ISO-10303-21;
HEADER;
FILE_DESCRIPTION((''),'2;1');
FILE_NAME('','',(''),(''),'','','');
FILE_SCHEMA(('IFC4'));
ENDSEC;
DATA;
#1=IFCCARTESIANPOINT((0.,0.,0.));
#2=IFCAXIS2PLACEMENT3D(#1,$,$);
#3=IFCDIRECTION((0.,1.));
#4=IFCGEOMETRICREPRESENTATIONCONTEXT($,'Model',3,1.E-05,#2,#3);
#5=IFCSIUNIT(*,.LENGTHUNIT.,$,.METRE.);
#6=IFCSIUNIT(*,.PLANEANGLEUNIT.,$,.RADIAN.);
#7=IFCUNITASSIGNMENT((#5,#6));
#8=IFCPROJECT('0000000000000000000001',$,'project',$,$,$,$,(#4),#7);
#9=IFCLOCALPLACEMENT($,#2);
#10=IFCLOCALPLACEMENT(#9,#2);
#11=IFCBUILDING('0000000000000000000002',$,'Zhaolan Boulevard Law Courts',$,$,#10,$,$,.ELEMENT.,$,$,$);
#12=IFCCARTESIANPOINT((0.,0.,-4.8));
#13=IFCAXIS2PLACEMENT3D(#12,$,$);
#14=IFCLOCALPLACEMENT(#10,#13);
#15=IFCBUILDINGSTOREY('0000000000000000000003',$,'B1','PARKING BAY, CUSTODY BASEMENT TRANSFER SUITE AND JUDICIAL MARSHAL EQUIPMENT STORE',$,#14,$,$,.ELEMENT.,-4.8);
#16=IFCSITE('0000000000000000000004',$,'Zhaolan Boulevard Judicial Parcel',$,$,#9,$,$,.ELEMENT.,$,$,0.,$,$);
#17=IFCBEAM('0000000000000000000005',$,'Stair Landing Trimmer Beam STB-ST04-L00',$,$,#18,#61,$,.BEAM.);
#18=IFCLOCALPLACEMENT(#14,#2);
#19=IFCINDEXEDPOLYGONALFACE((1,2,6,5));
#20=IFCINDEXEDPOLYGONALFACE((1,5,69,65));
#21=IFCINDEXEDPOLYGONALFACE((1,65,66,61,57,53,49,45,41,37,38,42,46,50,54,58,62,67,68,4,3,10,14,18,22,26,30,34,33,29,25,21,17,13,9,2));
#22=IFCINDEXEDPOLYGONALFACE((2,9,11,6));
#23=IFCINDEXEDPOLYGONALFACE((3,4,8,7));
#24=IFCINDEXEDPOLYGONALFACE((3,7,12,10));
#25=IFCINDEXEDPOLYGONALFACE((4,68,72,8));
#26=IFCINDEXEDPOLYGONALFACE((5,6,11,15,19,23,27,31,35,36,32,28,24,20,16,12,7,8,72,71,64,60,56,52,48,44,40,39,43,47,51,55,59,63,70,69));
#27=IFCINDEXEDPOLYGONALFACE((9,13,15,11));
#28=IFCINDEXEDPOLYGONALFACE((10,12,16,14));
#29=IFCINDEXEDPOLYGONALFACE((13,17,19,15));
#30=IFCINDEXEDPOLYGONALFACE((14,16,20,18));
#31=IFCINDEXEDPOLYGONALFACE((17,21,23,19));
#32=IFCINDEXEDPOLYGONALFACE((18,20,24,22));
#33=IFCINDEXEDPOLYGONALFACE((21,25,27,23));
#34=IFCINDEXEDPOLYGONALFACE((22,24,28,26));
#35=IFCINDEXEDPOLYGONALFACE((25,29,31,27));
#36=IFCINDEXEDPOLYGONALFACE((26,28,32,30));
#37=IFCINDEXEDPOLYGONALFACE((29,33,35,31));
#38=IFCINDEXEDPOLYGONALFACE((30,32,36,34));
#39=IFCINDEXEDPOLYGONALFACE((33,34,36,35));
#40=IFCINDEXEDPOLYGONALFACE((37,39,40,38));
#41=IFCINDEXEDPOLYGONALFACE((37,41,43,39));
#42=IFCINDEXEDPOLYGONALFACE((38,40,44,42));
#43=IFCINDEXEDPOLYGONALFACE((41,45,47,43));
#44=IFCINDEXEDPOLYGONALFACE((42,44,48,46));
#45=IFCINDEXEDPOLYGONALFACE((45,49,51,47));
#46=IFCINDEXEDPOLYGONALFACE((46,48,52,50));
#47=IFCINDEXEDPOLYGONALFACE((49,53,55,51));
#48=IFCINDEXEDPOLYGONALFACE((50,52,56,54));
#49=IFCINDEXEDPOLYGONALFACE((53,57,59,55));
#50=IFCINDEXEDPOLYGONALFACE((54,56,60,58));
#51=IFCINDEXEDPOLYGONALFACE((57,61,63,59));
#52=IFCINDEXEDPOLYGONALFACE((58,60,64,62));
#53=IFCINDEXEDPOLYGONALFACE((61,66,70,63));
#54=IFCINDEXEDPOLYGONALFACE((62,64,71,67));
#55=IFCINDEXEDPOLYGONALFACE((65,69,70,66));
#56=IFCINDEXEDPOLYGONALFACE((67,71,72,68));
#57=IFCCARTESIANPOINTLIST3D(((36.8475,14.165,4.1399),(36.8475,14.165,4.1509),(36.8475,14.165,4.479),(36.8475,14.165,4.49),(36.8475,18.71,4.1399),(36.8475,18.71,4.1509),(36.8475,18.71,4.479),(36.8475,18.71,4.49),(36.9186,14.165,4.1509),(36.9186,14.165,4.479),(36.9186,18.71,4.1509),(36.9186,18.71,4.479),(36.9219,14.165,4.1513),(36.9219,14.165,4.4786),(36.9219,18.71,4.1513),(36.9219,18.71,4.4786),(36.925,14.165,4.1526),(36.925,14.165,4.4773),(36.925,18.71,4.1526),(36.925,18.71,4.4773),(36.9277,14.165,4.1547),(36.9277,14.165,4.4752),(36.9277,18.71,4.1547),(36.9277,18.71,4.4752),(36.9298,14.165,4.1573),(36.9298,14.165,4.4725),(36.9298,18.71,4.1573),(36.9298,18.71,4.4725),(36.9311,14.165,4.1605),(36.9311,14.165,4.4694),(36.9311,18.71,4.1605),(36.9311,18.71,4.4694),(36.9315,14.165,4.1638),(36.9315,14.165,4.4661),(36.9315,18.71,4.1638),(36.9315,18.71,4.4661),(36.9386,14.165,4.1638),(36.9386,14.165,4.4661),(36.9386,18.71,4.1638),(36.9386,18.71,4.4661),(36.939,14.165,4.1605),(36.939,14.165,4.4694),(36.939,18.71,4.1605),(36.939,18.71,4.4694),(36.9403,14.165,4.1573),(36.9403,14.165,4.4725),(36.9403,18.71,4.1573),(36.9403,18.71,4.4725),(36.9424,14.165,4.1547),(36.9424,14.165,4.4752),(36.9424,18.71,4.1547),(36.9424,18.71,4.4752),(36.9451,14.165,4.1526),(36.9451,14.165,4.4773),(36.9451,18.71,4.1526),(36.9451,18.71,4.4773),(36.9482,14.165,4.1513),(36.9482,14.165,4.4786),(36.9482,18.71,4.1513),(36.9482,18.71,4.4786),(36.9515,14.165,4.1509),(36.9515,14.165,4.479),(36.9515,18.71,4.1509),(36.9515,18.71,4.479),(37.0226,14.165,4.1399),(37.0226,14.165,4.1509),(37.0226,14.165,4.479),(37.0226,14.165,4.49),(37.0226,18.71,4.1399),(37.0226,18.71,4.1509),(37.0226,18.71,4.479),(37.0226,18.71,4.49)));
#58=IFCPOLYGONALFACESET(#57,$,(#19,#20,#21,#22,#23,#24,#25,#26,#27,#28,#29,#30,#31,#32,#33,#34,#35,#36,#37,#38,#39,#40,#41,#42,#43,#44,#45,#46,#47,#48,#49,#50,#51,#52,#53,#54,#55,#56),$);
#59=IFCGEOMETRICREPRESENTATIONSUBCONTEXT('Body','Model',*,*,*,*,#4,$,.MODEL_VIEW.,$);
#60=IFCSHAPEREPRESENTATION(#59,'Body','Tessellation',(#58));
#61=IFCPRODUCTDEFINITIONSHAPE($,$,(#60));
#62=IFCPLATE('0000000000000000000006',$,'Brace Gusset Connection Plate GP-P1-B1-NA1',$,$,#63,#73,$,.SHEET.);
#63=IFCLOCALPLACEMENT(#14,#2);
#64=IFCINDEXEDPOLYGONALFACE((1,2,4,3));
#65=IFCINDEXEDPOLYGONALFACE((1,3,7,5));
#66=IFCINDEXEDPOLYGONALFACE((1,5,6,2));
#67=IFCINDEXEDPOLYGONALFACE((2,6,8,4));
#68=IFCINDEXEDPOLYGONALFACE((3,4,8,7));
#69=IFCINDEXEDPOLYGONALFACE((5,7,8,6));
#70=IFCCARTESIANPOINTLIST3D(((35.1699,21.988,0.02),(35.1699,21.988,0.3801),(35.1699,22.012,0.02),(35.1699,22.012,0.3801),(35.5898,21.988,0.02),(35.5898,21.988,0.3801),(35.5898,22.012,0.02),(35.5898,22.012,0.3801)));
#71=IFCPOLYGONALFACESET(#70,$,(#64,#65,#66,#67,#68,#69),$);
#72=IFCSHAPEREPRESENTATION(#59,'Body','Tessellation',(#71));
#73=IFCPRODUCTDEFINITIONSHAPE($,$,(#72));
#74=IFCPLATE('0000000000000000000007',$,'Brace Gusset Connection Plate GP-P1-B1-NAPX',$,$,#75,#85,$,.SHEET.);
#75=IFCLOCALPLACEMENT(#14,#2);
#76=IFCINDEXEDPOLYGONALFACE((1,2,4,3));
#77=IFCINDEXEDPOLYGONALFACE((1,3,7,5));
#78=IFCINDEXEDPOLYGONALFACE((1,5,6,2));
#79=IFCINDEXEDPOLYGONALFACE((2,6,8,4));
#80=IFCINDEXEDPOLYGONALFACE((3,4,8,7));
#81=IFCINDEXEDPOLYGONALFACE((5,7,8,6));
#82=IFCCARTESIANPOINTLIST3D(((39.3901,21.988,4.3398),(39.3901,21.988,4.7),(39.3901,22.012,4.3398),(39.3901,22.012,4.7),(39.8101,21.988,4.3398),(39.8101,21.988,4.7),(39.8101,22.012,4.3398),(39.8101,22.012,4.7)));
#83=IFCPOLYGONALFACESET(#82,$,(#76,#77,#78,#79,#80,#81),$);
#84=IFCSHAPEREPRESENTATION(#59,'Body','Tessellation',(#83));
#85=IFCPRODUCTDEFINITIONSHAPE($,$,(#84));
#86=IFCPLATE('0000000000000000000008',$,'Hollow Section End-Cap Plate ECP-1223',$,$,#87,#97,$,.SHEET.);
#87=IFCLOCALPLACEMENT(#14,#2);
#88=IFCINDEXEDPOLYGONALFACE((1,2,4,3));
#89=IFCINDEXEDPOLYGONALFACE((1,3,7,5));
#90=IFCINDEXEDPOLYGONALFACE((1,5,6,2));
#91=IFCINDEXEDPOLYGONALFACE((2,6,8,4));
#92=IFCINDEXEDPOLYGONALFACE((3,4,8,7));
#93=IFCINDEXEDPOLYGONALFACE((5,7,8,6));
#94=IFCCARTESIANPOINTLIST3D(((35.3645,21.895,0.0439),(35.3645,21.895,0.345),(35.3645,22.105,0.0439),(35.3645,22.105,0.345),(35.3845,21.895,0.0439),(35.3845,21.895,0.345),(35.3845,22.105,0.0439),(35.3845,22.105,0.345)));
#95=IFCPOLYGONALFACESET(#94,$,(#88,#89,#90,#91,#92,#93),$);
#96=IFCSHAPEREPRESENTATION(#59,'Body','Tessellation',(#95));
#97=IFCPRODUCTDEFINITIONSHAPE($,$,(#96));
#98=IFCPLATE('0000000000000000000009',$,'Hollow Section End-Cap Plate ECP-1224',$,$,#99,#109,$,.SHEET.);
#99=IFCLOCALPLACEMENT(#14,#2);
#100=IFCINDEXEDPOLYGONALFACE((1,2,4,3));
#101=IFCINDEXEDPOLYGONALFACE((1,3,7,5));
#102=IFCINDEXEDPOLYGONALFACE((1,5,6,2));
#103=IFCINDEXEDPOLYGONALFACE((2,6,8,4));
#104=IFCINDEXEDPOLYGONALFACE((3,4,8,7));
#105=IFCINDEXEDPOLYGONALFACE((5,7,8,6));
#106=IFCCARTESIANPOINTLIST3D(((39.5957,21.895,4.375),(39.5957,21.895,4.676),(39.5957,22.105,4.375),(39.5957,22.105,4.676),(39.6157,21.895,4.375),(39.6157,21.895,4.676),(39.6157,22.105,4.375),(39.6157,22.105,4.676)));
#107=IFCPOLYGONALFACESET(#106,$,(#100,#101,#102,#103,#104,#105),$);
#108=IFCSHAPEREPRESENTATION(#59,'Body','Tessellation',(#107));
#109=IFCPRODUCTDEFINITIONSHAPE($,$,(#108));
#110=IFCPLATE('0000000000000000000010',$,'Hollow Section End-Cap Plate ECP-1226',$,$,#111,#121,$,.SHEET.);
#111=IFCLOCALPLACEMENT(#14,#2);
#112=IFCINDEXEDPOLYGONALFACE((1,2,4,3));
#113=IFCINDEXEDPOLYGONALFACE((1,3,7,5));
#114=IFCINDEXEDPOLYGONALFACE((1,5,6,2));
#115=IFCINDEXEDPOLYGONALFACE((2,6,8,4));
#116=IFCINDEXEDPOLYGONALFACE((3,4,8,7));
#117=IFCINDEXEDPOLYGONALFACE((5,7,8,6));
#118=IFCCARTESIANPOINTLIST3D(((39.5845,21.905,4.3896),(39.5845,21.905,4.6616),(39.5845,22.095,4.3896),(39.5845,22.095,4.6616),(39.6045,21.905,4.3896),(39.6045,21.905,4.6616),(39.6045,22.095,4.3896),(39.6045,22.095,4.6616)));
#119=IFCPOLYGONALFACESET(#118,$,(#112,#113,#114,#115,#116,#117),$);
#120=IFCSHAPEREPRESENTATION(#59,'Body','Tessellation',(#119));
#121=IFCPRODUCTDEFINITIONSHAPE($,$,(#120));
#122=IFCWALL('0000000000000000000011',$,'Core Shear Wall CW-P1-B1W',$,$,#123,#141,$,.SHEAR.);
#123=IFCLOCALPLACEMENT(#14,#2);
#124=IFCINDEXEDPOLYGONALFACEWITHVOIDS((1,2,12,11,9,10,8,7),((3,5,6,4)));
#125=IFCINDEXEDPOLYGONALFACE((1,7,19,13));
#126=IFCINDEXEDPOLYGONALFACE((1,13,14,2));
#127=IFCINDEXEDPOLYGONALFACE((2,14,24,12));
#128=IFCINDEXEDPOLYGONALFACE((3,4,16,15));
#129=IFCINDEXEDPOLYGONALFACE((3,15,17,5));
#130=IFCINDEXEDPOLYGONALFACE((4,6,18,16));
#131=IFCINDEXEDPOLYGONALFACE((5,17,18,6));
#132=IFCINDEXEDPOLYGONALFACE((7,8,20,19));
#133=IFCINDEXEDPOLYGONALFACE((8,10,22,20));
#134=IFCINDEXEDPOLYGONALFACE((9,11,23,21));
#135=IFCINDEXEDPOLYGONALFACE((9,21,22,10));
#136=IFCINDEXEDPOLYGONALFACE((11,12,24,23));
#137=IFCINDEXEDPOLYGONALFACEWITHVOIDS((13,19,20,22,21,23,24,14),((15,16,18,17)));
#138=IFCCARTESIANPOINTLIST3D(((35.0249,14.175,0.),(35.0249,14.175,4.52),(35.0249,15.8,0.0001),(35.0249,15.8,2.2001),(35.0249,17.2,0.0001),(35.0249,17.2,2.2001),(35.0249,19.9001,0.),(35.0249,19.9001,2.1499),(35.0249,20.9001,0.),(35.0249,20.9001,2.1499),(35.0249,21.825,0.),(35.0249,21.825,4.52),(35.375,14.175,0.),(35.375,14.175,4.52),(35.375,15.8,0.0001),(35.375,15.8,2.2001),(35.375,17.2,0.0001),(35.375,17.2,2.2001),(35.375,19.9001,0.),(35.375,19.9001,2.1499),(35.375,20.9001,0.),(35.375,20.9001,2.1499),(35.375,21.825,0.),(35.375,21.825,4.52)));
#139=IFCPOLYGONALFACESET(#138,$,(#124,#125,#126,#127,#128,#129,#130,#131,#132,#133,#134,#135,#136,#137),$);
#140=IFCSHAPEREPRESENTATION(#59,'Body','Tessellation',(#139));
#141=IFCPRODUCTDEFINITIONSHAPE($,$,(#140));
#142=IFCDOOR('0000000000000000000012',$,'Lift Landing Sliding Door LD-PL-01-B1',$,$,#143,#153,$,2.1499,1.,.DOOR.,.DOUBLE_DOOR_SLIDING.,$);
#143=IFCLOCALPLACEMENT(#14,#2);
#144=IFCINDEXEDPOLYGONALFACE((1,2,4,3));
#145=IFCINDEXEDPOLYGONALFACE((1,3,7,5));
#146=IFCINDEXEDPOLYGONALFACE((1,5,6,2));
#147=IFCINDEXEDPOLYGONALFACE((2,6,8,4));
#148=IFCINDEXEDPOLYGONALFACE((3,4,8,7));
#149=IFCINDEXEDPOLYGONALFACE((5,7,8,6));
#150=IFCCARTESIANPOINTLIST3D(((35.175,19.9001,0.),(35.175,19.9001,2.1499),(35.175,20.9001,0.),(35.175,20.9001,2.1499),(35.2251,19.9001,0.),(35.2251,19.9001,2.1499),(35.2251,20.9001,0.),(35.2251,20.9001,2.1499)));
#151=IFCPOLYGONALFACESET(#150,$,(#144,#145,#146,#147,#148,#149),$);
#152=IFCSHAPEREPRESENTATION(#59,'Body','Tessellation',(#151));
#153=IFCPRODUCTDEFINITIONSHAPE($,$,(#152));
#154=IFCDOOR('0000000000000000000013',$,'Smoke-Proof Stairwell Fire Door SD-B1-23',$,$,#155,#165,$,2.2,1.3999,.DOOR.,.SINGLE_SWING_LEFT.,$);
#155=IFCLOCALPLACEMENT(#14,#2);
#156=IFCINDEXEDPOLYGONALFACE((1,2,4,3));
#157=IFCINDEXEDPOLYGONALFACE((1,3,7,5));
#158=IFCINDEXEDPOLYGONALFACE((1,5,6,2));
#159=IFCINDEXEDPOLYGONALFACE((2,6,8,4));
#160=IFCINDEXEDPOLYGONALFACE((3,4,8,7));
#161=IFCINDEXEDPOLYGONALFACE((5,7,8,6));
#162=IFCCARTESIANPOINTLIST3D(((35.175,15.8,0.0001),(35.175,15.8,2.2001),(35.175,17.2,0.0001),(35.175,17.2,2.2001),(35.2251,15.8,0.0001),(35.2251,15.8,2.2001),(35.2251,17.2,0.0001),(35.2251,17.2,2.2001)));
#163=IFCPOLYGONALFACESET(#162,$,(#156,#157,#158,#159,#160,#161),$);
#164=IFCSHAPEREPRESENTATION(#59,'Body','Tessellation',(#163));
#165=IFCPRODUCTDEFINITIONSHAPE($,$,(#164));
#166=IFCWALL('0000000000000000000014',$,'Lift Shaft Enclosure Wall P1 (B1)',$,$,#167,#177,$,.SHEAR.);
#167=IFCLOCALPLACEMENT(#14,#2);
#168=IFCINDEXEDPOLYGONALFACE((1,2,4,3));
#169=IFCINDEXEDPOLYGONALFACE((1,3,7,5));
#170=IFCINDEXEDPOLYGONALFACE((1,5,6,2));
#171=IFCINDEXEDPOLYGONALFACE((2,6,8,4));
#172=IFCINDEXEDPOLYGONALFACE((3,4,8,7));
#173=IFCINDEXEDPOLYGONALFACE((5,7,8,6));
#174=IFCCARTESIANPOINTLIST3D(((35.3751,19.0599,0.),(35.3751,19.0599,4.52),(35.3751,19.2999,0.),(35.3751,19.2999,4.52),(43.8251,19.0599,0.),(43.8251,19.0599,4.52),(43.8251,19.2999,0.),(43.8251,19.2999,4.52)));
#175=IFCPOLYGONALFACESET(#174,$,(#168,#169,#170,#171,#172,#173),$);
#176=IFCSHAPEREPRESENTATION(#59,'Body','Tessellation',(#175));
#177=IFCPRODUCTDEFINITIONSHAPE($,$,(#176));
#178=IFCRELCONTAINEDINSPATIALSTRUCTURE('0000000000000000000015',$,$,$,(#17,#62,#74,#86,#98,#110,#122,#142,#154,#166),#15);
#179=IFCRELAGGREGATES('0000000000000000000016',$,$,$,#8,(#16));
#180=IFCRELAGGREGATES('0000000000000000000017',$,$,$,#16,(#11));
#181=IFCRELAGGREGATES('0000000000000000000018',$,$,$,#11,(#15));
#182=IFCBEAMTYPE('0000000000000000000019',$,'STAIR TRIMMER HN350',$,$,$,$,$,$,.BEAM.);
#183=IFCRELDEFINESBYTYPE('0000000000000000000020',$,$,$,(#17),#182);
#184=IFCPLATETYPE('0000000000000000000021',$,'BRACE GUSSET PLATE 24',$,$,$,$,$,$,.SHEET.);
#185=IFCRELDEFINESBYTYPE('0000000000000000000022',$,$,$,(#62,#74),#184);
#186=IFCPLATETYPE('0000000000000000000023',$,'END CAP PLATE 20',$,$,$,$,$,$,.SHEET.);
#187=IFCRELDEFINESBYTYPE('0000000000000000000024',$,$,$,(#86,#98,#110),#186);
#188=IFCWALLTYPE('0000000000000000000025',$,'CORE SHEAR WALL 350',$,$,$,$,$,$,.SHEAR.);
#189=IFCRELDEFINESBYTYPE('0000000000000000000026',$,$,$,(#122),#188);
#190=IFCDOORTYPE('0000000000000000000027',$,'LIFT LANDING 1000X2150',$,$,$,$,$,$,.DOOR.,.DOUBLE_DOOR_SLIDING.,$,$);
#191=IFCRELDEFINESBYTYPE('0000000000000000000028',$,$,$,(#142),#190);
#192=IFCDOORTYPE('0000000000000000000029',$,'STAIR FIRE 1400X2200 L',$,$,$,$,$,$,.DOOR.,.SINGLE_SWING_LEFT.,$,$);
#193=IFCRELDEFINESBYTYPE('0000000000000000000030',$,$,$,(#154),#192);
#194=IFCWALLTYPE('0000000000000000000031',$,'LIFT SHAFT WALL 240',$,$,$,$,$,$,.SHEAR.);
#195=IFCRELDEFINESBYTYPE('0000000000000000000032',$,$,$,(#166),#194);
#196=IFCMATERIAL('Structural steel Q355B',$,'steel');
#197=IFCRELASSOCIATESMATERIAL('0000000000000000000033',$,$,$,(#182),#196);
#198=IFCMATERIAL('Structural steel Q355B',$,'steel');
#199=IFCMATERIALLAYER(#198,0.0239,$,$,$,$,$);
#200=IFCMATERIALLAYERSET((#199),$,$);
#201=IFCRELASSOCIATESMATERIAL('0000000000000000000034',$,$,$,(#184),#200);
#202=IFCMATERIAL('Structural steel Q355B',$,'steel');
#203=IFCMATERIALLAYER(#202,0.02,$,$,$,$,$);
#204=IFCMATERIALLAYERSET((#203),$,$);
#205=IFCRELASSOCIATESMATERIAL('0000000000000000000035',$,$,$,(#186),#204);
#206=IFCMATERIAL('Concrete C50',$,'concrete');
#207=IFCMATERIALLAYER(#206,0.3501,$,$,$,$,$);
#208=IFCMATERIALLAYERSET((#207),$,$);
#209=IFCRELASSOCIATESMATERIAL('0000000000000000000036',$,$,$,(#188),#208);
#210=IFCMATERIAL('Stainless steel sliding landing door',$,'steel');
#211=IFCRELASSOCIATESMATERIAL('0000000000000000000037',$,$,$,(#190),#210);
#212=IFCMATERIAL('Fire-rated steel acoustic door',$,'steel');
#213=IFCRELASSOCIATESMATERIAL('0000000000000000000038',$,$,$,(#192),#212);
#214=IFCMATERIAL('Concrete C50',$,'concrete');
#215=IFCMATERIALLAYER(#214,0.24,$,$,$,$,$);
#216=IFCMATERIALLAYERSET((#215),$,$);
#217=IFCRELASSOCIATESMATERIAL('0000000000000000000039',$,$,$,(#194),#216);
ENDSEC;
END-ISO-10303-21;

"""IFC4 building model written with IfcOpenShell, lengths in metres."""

from ifc_helpers import new_model, si_unit, direction, frame, frame_2d, origin, origin_2d, place, context, subcontext, project, spatial, rectangle, i_section, extrude, material, layer, layer_set, material_profile, profile_set, type_object, element, fill, save


model = new_model("IFC4")

# Units and contexts
model_context = context("Model", 3, precision=1e-05, world=origin(), true_north=direction((0.0, 1.0)))
body_context = subcontext(model_context, "Body", "Model", "MODEL_VIEW")
ifc_project = project(units=[si_unit("LENGTHUNIT", "METRE"), si_unit("PLANEANGLEUNIT", "RADIAN")], contexts=[model_context])

# Site, building, storey
site_placement = place(None, origin())
site = spatial("IfcSite", under=ifc_project, at=site_placement, Name="Zhaolan Boulevard Judicial Parcel", CompositionType="ELEMENT", RefElevation=0.0)
building_placement = place(site_placement, origin())
building = spatial("IfcBuilding", under=site, at=building_placement, Name="Zhaolan Boulevard Law Courts", CompositionType="ELEMENT")
storey_placement = place(building_placement, frame((0.0, 0.0, -4.8)))
storey = spatial("IfcBuildingStorey", under=building, at=storey_placement, Name="B1", Description="PARKING BAY, CUSTODY BASEMENT TRANSFER SUITE AND JUDICIAL MARSHAL EQUIPMENT STORE", CompositionType="ELEMENT", Elevation=-4.8)

# Beam
ifc_material_1 = material(Name="Structural steel Q355B", Category="steel")
ifc_material_profile_1 = material_profile(ifc_material_1, i_section(OverallWidth=0.175, OverallDepth=0.3501, WebThickness=0.0071, FlangeThickness=0.011, FilletRadius=0.0129, at=origin_2d()), Name="HN350x175")
ifc_profile_set_1 = profile_set([ifc_material_profile_1], Name="Structural steel Q355B")
beam_type_1 = type_object("IfcBeamType", Name="STAIR TRIMMER HN350", PredefinedType="BEAM", material=ifc_profile_set_1)
beam_1_placement = place(storey_placement, frame((36.9351, 14.165, 4.3149), z_axis=(0.0, 1.0, 0.0), x_axis=(-1.0, 0.0, 0.0)))
element("IfcBeam", 1, at=beam_1_placement, inside=storey, type_object=beam_type_1, Name="Stair Landing Trimmer Beam STB-ST04-L00", PredefinedType="BEAM", context=body_context, shape_type="SweptSolid", body=[
    extrude(i_section(OverallWidth=0.175, OverallDepth=0.3501, WebThickness=0.0071, FlangeThickness=0.011, FilletRadius=0.0129, at=origin_2d()), origin(), (0.0, 0.0, 1.0), 4.5449),
])

# Plates
ifc_material_2 = material(Name="Structural steel Q355B", Category="steel")
ifc_layer_1 = layer(ifc_material_2, 0.0239)
ifc_layer_set_1 = layer_set([ifc_layer_1])
plate_type_1 = type_object("IfcPlateType", Name="BRACE GUSSET PLATE 24", PredefinedType="SHEET", material=ifc_layer_set_1)
for number, where, z_axis, x_axis, name in (
    (2, (35.3799, 22.0, 0.02), (0.0, 0.0, 1.0), (1.0, 0.0, 0.0), "Brace Gusset Connection Plate GP-P1-B1-NA1"),
    (3, (39.6001, 22.0, 4.3398), (0.0, 0.0, 1.0), (1.0, 0.0, 0.0), "Brace Gusset Connection Plate GP-P1-B1-NAPX"),
):
    element("IfcPlate", number, at=place(storey_placement, frame(where, z_axis=z_axis, x_axis=x_axis)), inside=storey, type_object=plate_type_1, Name=name, PredefinedType="SHEET", context=body_context, shape_type="SweptSolid", body=[
        extrude(rectangle(XDim=0.4199, YDim=0.0239, at=origin_2d()), origin(), (0.0, 0.0, 1.0), 0.3601),
    ])
ifc_material_3 = material(Name="Structural steel Q355B", Category="steel")
ifc_layer_2 = layer(ifc_material_3, 0.02)
ifc_layer_set_2 = layer_set([ifc_layer_2])
plate_type_2 = type_object("IfcPlateType", Name="END CAP PLATE 20", PredefinedType="SHEET", material=ifc_layer_set_2)
for number, where, z_axis, x_axis, name in (
    (4, (35.3745, 22.0, 0.0439), (0.0, 0.0, 1.0), (1.0, 0.0, 0.0), "Hollow Section End-Cap Plate ECP-1223"),
    (5, (39.6057, 22.0, 4.375), (0.0, 0.0, 1.0), (1.0, 0.0, 0.0), "Hollow Section End-Cap Plate ECP-1224"),
):
    element("IfcPlate", number, at=place(storey_placement, frame(where, z_axis=z_axis, x_axis=x_axis)), inside=storey, type_object=plate_type_2, Name=name, PredefinedType="SHEET", context=body_context, shape_type="SweptSolid", body=[
        extrude(rectangle(XDim=0.02, YDim=0.21, at=origin_2d()), origin(), (0.0, 0.0, 1.0), 0.301),
    ])
plate_placement = place(storey_placement, frame((39.5945, 22.0, 4.3896), z_axis=(0.0, 0.0, 1.0), x_axis=(-1.0, 0.0, 0.0)))
element("IfcPlate", 6, at=plate_placement, inside=storey, type_object=plate_type_2, Name="Hollow Section End-Cap Plate ECP-1226", PredefinedType="SHEET", context=body_context, shape_type="SweptSolid", body=[
    extrude(rectangle(XDim=0.02, YDim=0.1899, at=origin_2d()), origin(), (0.0, 0.0, 1.0), 0.272),
])

# Wall, openings, doors
ifc_material_4 = material(Name="Concrete C50", Category="concrete")
ifc_layer_3 = layer(ifc_material_4, 0.3501)
ifc_layer_set_3 = layer_set([ifc_layer_3])
wall_type_1 = type_object("IfcWallType", Name="CORE SHEAR WALL 350", PredefinedType="SHEAR", material=ifc_layer_set_3)
wall_1_placement = place(storey_placement, frame((35.2, 14.175, 0.0), z_axis=(0.0, 0.0, 1.0), x_axis=(0.0, 1.0, 0.0)))
wall_1 = element("IfcWall", 7, at=wall_1_placement, inside=storey, type_object=wall_type_1, Name="Core Shear Wall CW-P1-B1W", PredefinedType="SHEAR", context=body_context, shape_type="SweptSolid", body=[
    extrude(rectangle(XDim=7.6499, YDim=0.3501, at=frame_2d((3.825, 0.0))), origin(), (0.0, 0.0, 1.0), 4.52),
])
opening_1_placement = place(wall_1_placement, frame((1.625, 0.0, 0.0)))
opening_1 = element("IfcOpeningElement", 8, at=opening_1_placement, cuts=wall_1, PredefinedType="OPENING", context=body_context, shape_type="SweptSolid", body=[
    extrude(rectangle(XDim=1.3999, YDim=2.2, at=frame_2d((0.7, 1.1001))), frame((0.0, 0.1851, 0.0), z_axis=(0.0, -1.0, 0.0), x_axis=(1.0, 0.0, 0.0)), (0.0, 0.0, 1.0), 0.3701),
])
opening_2_placement = place(wall_1_placement, frame((5.7251, 0.0, 0.0)))
opening_2 = element("IfcOpeningElement", 9, at=opening_2_placement, cuts=wall_1, PredefinedType="OPENING", context=body_context, shape_type="SweptSolid", body=[
    extrude(rectangle(XDim=1.0, YDim=2.1499, at=frame_2d((0.5, 1.075))), frame((0.0, 0.1851, 0.0), z_axis=(0.0, -1.0, 0.0), x_axis=(1.0, 0.0, 0.0)), (0.0, 0.0, 1.0), 0.3701),
])
ifc_material_5 = material(Name="Stainless steel sliding landing door", Category="steel")
door_type_1 = type_object("IfcDoorType", Name="LIFT LANDING 1000X2150", OperationType="DOUBLE_DOOR_SLIDING", PredefinedType="DOOR", material=ifc_material_5)
door_1_placement = place(opening_2_placement, origin())
door_1 = element("IfcDoor", 10, at=door_1_placement, inside=storey, type_object=door_type_1, Name="Lift Landing Sliding Door LD-PL-01-B1", OperationType="DOUBLE_DOOR_SLIDING", OverallHeight=2.1499, OverallWidth=1.0, PredefinedType="DOOR", context=body_context, shape_type="SweptSolid", body=[
    extrude(rectangle(XDim=1.0, YDim=2.1499, at=frame_2d((0.5, 1.075))), frame((0.0, 0.0249, 0.0), z_axis=(0.0, -1.0, 0.0), x_axis=(1.0, 0.0, 0.0)), (0.0, 0.0, 1.0), 0.05),
])
fill(opening_2, door_1)
ifc_material_6 = material(Name="Fire-rated steel acoustic door", Category="steel")
door_type_2 = type_object("IfcDoorType", Name="STAIR FIRE 1400X2200 L", OperationType="SINGLE_SWING_LEFT", PredefinedType="DOOR", material=ifc_material_6)
door_2_placement = place(opening_1_placement, origin())
door_2 = element("IfcDoor", 11, at=door_2_placement, inside=storey, type_object=door_type_2, Name="Smoke-Proof Stairwell Fire Door SD-B1-23", OperationType="SINGLE_SWING_LEFT", OverallHeight=2.2, OverallWidth=1.3999, PredefinedType="DOOR", context=body_context, shape_type="SweptSolid", body=[
    extrude(rectangle(XDim=1.3999, YDim=2.2, at=frame_2d((0.7, 1.1001))), frame((0.0, 0.0249, 0.0), z_axis=(0.0, -1.0, 0.0), x_axis=(1.0, 0.0, 0.0)), (0.0, 0.0, 1.0), 0.05),
])
fill(opening_1, door_2)

# Wall
ifc_material_7 = material(Name="Concrete C50", Category="concrete")
ifc_layer_4 = layer(ifc_material_7, 0.24)
ifc_layer_set_4 = layer_set([ifc_layer_4])
wall_type_2 = type_object("IfcWallType", Name="LIFT SHAFT WALL 240", PredefinedType="SHEAR", material=ifc_layer_set_4)
wall_2_placement = place(storey_placement, frame((35.375, 19.1799, 0.0), z_axis=(0.0, 0.0, 1.0), x_axis=(1.0, 0.0, 0.0)))
element("IfcWall", 12, at=wall_2_placement, inside=storey, type_object=wall_type_2, Name="Lift Shaft Enclosure Wall P1 (B1)", PredefinedType="SHEAR", context=body_context, shape_type="SweptSolid", body=[
    extrude(rectangle(XDim=8.45, YDim=0.24, at=frame_2d((4.2251, 0.0))), origin(), (0.0, 0.0, 1.0), 4.52),
])

save(model, "model.ifc")
